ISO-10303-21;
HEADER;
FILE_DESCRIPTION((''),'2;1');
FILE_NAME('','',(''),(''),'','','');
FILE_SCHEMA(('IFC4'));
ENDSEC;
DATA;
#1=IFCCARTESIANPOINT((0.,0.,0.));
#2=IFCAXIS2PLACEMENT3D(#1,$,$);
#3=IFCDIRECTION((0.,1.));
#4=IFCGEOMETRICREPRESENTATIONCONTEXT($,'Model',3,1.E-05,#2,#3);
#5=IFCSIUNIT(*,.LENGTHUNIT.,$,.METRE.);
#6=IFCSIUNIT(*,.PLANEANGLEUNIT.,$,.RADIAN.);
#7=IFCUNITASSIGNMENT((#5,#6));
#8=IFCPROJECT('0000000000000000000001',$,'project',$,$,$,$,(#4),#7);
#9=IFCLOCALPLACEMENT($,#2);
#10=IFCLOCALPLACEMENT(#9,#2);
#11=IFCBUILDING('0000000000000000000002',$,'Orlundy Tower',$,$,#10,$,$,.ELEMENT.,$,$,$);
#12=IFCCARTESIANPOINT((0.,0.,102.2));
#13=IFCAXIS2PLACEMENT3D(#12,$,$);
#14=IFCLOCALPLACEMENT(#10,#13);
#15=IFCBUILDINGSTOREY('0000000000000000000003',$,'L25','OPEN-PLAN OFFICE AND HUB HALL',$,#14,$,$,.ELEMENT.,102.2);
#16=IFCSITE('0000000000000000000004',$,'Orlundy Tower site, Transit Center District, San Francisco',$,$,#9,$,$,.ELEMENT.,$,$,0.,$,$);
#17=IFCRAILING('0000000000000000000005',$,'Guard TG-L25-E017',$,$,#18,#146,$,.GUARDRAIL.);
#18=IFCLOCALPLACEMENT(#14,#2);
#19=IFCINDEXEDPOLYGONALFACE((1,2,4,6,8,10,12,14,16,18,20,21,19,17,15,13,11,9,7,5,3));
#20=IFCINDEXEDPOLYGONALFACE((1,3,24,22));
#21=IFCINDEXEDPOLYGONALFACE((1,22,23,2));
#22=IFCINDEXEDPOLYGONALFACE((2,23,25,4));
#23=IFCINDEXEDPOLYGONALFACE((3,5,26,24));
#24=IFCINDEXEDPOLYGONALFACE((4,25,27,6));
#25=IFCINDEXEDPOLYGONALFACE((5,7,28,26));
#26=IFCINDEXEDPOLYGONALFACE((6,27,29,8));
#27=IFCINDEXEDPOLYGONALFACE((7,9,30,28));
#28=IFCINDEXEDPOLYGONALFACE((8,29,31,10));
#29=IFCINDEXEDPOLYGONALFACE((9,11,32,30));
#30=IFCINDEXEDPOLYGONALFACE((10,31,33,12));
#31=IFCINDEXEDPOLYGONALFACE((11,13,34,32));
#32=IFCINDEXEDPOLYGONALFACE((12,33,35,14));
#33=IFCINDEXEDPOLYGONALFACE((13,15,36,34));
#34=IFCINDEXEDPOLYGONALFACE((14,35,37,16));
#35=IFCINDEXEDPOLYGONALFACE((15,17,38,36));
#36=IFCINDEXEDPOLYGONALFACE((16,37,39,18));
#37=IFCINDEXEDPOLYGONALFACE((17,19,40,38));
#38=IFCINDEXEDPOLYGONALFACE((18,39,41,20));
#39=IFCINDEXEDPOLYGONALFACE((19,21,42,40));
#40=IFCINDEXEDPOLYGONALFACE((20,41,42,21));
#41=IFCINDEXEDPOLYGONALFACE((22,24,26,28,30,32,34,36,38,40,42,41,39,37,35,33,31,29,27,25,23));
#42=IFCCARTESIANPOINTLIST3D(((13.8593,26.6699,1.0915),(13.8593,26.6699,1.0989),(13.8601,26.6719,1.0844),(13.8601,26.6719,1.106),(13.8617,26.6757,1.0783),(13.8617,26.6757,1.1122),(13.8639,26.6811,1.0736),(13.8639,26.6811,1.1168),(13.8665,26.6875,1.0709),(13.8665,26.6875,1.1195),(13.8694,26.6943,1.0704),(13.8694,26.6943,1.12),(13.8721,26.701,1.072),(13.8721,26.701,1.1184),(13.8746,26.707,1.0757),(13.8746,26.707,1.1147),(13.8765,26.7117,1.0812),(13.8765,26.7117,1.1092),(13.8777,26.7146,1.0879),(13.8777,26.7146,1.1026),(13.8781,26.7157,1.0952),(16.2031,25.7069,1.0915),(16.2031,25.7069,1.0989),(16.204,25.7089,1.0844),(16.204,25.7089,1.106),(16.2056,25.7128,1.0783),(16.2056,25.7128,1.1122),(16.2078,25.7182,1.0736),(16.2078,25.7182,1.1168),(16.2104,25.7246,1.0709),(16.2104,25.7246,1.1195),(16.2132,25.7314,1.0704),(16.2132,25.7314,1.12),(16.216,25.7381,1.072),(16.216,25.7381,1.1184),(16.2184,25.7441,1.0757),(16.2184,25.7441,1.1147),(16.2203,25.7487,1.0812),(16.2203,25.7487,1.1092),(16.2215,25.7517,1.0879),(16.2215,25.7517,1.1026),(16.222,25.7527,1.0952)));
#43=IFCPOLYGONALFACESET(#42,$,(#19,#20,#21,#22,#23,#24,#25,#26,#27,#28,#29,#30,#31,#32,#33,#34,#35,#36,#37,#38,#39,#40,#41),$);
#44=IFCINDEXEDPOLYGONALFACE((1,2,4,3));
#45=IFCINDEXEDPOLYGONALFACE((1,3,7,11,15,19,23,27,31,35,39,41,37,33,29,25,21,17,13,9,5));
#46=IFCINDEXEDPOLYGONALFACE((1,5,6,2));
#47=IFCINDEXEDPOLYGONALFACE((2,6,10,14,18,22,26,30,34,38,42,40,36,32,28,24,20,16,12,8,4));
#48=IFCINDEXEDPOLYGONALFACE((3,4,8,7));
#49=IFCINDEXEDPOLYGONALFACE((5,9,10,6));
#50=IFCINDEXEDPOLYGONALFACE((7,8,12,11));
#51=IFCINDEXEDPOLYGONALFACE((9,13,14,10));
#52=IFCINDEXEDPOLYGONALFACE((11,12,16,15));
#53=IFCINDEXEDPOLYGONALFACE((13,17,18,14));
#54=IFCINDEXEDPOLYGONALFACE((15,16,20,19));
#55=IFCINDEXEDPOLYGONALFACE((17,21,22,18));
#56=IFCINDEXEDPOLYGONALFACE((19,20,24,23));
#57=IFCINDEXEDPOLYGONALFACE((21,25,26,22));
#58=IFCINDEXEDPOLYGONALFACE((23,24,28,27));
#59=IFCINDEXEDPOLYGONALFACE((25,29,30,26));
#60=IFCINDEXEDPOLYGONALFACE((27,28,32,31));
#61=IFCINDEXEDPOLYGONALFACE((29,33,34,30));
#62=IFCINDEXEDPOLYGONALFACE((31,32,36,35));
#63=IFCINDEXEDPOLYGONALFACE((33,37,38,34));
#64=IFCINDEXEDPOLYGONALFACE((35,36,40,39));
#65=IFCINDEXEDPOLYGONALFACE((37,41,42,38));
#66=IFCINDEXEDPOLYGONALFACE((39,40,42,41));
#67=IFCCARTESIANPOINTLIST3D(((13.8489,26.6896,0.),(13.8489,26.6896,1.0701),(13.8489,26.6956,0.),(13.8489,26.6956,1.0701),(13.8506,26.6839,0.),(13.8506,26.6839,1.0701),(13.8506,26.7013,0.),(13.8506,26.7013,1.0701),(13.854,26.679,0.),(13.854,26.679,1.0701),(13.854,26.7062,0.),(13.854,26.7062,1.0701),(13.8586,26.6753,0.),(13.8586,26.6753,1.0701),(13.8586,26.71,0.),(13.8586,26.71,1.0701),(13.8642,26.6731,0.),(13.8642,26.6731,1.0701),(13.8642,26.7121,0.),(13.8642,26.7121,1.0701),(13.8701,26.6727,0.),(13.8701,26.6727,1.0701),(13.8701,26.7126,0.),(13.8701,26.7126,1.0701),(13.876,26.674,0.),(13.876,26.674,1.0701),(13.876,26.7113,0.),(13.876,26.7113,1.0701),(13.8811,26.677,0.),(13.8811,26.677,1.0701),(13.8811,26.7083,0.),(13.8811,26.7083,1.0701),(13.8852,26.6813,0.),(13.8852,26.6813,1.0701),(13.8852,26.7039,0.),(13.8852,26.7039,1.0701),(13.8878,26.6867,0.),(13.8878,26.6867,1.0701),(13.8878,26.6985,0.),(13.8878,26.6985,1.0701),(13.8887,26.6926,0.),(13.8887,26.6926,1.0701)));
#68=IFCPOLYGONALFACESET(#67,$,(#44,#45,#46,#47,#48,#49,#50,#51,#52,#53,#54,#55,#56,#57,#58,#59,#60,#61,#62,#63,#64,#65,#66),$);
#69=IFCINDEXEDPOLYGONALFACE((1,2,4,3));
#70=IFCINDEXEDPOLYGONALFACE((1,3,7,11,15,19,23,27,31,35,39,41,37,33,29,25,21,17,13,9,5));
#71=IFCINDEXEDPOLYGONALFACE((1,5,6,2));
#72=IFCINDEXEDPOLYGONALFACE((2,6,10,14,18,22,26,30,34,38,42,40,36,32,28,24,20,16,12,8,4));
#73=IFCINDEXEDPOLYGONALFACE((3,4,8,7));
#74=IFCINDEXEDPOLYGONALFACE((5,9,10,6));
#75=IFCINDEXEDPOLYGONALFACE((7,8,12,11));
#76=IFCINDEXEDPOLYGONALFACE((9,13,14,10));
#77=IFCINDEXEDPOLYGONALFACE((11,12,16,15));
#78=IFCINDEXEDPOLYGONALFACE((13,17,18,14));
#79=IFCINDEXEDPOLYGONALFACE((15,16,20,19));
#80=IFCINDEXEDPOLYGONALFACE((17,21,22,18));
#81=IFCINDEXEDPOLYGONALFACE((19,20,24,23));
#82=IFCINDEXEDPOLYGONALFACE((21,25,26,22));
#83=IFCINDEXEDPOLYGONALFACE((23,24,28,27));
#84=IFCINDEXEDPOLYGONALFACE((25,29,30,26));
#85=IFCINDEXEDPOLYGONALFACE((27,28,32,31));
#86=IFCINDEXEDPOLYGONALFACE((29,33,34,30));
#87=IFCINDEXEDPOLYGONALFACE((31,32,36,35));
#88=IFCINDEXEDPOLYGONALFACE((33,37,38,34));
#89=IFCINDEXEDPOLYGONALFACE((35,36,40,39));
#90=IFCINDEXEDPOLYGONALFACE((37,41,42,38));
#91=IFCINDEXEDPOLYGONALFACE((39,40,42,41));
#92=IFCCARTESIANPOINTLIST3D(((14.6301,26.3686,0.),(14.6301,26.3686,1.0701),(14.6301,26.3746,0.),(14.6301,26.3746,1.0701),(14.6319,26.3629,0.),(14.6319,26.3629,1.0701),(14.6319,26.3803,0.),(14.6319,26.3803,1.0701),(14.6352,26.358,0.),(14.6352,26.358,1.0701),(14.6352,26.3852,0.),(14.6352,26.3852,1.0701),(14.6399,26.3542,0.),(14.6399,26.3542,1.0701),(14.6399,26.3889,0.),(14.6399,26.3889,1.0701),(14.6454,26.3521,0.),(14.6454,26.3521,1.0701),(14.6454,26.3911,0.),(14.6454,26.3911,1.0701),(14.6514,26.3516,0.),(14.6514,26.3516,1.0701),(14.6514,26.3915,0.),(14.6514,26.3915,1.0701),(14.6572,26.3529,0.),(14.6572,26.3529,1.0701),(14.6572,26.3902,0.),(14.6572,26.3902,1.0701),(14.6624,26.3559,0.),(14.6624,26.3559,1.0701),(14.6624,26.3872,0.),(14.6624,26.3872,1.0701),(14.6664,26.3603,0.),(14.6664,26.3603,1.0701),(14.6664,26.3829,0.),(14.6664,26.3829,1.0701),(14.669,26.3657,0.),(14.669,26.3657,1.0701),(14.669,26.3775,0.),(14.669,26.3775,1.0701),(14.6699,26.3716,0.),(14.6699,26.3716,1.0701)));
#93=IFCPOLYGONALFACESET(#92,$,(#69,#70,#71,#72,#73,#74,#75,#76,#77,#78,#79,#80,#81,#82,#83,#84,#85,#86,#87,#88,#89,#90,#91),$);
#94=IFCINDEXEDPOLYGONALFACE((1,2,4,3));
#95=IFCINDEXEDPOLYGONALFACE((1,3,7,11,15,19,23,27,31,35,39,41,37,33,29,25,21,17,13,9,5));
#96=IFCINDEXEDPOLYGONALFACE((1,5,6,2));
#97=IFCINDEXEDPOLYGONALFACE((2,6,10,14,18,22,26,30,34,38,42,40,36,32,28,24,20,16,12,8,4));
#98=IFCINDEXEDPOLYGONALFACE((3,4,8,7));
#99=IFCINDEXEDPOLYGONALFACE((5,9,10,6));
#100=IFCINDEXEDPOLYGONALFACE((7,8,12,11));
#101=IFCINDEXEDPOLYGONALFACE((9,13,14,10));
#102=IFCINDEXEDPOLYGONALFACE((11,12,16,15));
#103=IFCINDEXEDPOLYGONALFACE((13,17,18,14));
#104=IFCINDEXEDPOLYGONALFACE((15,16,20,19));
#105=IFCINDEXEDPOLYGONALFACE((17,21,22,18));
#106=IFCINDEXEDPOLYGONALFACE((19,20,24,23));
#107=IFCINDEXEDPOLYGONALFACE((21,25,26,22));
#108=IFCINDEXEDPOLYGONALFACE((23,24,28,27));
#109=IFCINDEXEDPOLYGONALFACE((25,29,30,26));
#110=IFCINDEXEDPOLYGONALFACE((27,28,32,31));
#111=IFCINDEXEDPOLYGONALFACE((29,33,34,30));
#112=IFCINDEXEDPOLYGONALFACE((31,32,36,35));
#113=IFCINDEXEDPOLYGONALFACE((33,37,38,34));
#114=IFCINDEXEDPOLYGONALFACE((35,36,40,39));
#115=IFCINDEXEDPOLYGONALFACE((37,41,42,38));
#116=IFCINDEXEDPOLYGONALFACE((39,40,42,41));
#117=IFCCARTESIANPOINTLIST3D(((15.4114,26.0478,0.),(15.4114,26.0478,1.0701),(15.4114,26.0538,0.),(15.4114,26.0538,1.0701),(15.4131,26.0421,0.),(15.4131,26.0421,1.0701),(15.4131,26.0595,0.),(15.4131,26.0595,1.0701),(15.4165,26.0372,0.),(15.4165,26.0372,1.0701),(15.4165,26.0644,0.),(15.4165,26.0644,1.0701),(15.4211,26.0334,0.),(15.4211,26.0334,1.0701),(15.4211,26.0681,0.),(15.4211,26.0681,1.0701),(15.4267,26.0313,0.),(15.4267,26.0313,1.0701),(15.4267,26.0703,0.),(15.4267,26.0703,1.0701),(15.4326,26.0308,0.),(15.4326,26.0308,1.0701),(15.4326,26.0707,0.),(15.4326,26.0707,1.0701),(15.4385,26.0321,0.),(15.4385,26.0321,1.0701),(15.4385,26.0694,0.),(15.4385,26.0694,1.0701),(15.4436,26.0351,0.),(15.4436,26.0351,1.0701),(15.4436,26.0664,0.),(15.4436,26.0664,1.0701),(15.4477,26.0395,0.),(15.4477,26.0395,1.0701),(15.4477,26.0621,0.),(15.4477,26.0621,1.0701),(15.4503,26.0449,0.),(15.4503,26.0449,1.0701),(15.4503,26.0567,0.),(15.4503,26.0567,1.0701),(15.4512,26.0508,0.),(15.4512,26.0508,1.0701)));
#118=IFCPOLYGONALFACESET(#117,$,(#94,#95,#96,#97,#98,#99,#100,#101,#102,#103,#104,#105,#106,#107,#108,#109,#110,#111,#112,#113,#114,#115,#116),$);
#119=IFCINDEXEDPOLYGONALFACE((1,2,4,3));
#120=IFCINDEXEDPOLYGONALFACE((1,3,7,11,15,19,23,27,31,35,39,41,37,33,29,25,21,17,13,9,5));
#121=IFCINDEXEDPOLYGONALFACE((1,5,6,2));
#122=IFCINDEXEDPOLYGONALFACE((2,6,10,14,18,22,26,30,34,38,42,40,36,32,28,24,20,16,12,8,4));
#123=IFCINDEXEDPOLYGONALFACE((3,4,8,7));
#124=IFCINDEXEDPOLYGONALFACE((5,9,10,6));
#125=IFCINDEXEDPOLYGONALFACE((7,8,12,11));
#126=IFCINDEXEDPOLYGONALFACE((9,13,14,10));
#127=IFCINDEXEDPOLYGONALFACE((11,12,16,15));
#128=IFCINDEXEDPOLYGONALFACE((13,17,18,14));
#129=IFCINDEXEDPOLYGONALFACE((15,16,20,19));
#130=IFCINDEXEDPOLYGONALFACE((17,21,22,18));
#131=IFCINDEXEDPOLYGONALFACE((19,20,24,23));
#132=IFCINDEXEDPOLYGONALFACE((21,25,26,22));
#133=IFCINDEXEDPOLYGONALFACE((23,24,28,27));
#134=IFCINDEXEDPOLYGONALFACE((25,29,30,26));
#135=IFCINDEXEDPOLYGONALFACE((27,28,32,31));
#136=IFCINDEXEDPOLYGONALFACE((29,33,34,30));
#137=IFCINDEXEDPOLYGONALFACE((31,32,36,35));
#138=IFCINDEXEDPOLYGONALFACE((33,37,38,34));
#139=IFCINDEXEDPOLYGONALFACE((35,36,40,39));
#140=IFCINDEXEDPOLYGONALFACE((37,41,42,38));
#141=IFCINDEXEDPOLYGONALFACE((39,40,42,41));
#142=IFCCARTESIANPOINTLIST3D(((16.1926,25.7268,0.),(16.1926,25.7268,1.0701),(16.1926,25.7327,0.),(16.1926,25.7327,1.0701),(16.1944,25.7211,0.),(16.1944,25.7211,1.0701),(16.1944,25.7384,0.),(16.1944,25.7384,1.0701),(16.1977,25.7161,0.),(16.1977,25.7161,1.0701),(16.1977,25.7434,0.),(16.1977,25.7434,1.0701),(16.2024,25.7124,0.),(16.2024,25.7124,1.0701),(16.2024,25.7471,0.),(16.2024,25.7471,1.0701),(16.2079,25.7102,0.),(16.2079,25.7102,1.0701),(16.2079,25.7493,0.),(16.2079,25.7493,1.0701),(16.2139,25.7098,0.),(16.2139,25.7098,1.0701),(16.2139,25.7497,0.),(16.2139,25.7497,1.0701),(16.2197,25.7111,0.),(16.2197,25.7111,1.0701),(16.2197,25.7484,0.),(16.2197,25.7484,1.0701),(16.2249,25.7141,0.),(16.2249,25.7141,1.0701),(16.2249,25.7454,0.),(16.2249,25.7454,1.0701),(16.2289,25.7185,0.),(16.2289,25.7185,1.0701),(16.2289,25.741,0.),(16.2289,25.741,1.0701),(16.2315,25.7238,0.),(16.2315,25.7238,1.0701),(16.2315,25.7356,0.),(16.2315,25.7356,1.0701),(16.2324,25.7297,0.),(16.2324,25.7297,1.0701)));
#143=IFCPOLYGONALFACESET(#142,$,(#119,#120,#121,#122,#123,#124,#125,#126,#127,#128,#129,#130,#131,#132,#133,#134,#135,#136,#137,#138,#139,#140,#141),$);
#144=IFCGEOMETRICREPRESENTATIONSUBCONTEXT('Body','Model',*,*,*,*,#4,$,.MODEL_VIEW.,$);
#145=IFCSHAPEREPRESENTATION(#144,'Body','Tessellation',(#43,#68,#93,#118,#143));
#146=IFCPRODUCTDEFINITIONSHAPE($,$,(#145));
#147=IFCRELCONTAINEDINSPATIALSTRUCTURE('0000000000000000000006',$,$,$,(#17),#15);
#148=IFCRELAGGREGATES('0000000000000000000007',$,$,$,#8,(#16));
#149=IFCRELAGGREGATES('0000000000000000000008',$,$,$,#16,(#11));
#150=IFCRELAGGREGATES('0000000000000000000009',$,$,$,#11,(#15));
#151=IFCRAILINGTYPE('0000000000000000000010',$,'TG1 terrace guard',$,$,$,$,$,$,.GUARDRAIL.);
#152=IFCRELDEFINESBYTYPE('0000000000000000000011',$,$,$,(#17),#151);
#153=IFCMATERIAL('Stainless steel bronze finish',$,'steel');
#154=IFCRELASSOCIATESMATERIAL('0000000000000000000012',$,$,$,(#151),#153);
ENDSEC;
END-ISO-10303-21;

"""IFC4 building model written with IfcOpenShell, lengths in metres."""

from ifc_helpers import new_model, si_unit, direction, frame, origin, origin_2d, place, context, subcontext, project, spatial, circle, extrude, material, type_object, element, save


model = new_model("IFC4")

# Units and contexts
model_context = context("Model", 3, precision=1e-05, world=origin(), true_north=direction((0.0, 1.0)))
body_context = subcontext(model_context, "Body", "Model", "MODEL_VIEW")
ifc_project = project(units=[si_unit("LENGTHUNIT", "METRE"), si_unit("PLANEANGLEUNIT", "RADIAN")], contexts=[model_context])

# Site, building, storey
site_placement = place(None, origin())
site = spatial("IfcSite", under=ifc_project, at=site_placement, Name="Orlundy Tower site, Transit Center District, San Francisco", CompositionType="ELEMENT", RefElevation=0.0)
building_placement = place(site_placement, origin())
building = spatial("IfcBuilding", under=site, at=building_placement, Name="Orlundy Tower", CompositionType="ELEMENT")
storey_placement = place(building_placement, frame((0.0, 0.0, 102.2)))
storey = spatial("IfcBuildingStorey", under=building, at=storey_placement, Name="L25", Description="OPEN-PLAN OFFICE AND HUB HALL", CompositionType="ELEMENT", Elevation=102.2)

# Railing
ifc_material_1 = material(Name="Stainless steel bronze finish", Category="steel")
railing_type_1 = type_object("IfcRailingType", Name="TG1 terrace guard", PredefinedType="GUARDRAIL", material=ifc_material_1)
railing_1_placement = place(storey_placement, frame((13.8687, 26.6926, 0.0)))
element("IfcRailing", 1, at=railing_1_placement, inside=storey, type_object=railing_type_1, Name="Guard TG-L25-E017", PredefinedType="GUARDRAIL", context=body_context, shape_type="SweptSolid", body=[
    extrude(circle(Radius=0.0249, at=origin_2d()), frame((0.0, 0.0, 1.0952), z_axis=(0.924981, -0.380013, 0.0), x_axis=(0.380013, 0.924981, 0.0)), (0.0, 0.0, 1.0), 2.5339),
    extrude(circle(Radius=0.02, at=origin_2d()), origin(), (0.0, 0.0, 1.0), 1.0701),
    extrude(circle(Radius=0.02, at=origin_2d()), frame((0.7812, -0.321, 0.0)), (0.0, 0.0, 1.0), 1.0701),
    extrude(circle(Radius=0.02, at=origin_2d()), frame((1.5625, -0.6418, 0.0)), (0.0, 0.0, 1.0), 1.0701),
    extrude(circle(Radius=0.02, at=origin_2d()), frame((2.3438, -0.9629, 0.0)), (0.0, 0.0, 1.0), 1.0701),
])

save(model, "model.ifc")
